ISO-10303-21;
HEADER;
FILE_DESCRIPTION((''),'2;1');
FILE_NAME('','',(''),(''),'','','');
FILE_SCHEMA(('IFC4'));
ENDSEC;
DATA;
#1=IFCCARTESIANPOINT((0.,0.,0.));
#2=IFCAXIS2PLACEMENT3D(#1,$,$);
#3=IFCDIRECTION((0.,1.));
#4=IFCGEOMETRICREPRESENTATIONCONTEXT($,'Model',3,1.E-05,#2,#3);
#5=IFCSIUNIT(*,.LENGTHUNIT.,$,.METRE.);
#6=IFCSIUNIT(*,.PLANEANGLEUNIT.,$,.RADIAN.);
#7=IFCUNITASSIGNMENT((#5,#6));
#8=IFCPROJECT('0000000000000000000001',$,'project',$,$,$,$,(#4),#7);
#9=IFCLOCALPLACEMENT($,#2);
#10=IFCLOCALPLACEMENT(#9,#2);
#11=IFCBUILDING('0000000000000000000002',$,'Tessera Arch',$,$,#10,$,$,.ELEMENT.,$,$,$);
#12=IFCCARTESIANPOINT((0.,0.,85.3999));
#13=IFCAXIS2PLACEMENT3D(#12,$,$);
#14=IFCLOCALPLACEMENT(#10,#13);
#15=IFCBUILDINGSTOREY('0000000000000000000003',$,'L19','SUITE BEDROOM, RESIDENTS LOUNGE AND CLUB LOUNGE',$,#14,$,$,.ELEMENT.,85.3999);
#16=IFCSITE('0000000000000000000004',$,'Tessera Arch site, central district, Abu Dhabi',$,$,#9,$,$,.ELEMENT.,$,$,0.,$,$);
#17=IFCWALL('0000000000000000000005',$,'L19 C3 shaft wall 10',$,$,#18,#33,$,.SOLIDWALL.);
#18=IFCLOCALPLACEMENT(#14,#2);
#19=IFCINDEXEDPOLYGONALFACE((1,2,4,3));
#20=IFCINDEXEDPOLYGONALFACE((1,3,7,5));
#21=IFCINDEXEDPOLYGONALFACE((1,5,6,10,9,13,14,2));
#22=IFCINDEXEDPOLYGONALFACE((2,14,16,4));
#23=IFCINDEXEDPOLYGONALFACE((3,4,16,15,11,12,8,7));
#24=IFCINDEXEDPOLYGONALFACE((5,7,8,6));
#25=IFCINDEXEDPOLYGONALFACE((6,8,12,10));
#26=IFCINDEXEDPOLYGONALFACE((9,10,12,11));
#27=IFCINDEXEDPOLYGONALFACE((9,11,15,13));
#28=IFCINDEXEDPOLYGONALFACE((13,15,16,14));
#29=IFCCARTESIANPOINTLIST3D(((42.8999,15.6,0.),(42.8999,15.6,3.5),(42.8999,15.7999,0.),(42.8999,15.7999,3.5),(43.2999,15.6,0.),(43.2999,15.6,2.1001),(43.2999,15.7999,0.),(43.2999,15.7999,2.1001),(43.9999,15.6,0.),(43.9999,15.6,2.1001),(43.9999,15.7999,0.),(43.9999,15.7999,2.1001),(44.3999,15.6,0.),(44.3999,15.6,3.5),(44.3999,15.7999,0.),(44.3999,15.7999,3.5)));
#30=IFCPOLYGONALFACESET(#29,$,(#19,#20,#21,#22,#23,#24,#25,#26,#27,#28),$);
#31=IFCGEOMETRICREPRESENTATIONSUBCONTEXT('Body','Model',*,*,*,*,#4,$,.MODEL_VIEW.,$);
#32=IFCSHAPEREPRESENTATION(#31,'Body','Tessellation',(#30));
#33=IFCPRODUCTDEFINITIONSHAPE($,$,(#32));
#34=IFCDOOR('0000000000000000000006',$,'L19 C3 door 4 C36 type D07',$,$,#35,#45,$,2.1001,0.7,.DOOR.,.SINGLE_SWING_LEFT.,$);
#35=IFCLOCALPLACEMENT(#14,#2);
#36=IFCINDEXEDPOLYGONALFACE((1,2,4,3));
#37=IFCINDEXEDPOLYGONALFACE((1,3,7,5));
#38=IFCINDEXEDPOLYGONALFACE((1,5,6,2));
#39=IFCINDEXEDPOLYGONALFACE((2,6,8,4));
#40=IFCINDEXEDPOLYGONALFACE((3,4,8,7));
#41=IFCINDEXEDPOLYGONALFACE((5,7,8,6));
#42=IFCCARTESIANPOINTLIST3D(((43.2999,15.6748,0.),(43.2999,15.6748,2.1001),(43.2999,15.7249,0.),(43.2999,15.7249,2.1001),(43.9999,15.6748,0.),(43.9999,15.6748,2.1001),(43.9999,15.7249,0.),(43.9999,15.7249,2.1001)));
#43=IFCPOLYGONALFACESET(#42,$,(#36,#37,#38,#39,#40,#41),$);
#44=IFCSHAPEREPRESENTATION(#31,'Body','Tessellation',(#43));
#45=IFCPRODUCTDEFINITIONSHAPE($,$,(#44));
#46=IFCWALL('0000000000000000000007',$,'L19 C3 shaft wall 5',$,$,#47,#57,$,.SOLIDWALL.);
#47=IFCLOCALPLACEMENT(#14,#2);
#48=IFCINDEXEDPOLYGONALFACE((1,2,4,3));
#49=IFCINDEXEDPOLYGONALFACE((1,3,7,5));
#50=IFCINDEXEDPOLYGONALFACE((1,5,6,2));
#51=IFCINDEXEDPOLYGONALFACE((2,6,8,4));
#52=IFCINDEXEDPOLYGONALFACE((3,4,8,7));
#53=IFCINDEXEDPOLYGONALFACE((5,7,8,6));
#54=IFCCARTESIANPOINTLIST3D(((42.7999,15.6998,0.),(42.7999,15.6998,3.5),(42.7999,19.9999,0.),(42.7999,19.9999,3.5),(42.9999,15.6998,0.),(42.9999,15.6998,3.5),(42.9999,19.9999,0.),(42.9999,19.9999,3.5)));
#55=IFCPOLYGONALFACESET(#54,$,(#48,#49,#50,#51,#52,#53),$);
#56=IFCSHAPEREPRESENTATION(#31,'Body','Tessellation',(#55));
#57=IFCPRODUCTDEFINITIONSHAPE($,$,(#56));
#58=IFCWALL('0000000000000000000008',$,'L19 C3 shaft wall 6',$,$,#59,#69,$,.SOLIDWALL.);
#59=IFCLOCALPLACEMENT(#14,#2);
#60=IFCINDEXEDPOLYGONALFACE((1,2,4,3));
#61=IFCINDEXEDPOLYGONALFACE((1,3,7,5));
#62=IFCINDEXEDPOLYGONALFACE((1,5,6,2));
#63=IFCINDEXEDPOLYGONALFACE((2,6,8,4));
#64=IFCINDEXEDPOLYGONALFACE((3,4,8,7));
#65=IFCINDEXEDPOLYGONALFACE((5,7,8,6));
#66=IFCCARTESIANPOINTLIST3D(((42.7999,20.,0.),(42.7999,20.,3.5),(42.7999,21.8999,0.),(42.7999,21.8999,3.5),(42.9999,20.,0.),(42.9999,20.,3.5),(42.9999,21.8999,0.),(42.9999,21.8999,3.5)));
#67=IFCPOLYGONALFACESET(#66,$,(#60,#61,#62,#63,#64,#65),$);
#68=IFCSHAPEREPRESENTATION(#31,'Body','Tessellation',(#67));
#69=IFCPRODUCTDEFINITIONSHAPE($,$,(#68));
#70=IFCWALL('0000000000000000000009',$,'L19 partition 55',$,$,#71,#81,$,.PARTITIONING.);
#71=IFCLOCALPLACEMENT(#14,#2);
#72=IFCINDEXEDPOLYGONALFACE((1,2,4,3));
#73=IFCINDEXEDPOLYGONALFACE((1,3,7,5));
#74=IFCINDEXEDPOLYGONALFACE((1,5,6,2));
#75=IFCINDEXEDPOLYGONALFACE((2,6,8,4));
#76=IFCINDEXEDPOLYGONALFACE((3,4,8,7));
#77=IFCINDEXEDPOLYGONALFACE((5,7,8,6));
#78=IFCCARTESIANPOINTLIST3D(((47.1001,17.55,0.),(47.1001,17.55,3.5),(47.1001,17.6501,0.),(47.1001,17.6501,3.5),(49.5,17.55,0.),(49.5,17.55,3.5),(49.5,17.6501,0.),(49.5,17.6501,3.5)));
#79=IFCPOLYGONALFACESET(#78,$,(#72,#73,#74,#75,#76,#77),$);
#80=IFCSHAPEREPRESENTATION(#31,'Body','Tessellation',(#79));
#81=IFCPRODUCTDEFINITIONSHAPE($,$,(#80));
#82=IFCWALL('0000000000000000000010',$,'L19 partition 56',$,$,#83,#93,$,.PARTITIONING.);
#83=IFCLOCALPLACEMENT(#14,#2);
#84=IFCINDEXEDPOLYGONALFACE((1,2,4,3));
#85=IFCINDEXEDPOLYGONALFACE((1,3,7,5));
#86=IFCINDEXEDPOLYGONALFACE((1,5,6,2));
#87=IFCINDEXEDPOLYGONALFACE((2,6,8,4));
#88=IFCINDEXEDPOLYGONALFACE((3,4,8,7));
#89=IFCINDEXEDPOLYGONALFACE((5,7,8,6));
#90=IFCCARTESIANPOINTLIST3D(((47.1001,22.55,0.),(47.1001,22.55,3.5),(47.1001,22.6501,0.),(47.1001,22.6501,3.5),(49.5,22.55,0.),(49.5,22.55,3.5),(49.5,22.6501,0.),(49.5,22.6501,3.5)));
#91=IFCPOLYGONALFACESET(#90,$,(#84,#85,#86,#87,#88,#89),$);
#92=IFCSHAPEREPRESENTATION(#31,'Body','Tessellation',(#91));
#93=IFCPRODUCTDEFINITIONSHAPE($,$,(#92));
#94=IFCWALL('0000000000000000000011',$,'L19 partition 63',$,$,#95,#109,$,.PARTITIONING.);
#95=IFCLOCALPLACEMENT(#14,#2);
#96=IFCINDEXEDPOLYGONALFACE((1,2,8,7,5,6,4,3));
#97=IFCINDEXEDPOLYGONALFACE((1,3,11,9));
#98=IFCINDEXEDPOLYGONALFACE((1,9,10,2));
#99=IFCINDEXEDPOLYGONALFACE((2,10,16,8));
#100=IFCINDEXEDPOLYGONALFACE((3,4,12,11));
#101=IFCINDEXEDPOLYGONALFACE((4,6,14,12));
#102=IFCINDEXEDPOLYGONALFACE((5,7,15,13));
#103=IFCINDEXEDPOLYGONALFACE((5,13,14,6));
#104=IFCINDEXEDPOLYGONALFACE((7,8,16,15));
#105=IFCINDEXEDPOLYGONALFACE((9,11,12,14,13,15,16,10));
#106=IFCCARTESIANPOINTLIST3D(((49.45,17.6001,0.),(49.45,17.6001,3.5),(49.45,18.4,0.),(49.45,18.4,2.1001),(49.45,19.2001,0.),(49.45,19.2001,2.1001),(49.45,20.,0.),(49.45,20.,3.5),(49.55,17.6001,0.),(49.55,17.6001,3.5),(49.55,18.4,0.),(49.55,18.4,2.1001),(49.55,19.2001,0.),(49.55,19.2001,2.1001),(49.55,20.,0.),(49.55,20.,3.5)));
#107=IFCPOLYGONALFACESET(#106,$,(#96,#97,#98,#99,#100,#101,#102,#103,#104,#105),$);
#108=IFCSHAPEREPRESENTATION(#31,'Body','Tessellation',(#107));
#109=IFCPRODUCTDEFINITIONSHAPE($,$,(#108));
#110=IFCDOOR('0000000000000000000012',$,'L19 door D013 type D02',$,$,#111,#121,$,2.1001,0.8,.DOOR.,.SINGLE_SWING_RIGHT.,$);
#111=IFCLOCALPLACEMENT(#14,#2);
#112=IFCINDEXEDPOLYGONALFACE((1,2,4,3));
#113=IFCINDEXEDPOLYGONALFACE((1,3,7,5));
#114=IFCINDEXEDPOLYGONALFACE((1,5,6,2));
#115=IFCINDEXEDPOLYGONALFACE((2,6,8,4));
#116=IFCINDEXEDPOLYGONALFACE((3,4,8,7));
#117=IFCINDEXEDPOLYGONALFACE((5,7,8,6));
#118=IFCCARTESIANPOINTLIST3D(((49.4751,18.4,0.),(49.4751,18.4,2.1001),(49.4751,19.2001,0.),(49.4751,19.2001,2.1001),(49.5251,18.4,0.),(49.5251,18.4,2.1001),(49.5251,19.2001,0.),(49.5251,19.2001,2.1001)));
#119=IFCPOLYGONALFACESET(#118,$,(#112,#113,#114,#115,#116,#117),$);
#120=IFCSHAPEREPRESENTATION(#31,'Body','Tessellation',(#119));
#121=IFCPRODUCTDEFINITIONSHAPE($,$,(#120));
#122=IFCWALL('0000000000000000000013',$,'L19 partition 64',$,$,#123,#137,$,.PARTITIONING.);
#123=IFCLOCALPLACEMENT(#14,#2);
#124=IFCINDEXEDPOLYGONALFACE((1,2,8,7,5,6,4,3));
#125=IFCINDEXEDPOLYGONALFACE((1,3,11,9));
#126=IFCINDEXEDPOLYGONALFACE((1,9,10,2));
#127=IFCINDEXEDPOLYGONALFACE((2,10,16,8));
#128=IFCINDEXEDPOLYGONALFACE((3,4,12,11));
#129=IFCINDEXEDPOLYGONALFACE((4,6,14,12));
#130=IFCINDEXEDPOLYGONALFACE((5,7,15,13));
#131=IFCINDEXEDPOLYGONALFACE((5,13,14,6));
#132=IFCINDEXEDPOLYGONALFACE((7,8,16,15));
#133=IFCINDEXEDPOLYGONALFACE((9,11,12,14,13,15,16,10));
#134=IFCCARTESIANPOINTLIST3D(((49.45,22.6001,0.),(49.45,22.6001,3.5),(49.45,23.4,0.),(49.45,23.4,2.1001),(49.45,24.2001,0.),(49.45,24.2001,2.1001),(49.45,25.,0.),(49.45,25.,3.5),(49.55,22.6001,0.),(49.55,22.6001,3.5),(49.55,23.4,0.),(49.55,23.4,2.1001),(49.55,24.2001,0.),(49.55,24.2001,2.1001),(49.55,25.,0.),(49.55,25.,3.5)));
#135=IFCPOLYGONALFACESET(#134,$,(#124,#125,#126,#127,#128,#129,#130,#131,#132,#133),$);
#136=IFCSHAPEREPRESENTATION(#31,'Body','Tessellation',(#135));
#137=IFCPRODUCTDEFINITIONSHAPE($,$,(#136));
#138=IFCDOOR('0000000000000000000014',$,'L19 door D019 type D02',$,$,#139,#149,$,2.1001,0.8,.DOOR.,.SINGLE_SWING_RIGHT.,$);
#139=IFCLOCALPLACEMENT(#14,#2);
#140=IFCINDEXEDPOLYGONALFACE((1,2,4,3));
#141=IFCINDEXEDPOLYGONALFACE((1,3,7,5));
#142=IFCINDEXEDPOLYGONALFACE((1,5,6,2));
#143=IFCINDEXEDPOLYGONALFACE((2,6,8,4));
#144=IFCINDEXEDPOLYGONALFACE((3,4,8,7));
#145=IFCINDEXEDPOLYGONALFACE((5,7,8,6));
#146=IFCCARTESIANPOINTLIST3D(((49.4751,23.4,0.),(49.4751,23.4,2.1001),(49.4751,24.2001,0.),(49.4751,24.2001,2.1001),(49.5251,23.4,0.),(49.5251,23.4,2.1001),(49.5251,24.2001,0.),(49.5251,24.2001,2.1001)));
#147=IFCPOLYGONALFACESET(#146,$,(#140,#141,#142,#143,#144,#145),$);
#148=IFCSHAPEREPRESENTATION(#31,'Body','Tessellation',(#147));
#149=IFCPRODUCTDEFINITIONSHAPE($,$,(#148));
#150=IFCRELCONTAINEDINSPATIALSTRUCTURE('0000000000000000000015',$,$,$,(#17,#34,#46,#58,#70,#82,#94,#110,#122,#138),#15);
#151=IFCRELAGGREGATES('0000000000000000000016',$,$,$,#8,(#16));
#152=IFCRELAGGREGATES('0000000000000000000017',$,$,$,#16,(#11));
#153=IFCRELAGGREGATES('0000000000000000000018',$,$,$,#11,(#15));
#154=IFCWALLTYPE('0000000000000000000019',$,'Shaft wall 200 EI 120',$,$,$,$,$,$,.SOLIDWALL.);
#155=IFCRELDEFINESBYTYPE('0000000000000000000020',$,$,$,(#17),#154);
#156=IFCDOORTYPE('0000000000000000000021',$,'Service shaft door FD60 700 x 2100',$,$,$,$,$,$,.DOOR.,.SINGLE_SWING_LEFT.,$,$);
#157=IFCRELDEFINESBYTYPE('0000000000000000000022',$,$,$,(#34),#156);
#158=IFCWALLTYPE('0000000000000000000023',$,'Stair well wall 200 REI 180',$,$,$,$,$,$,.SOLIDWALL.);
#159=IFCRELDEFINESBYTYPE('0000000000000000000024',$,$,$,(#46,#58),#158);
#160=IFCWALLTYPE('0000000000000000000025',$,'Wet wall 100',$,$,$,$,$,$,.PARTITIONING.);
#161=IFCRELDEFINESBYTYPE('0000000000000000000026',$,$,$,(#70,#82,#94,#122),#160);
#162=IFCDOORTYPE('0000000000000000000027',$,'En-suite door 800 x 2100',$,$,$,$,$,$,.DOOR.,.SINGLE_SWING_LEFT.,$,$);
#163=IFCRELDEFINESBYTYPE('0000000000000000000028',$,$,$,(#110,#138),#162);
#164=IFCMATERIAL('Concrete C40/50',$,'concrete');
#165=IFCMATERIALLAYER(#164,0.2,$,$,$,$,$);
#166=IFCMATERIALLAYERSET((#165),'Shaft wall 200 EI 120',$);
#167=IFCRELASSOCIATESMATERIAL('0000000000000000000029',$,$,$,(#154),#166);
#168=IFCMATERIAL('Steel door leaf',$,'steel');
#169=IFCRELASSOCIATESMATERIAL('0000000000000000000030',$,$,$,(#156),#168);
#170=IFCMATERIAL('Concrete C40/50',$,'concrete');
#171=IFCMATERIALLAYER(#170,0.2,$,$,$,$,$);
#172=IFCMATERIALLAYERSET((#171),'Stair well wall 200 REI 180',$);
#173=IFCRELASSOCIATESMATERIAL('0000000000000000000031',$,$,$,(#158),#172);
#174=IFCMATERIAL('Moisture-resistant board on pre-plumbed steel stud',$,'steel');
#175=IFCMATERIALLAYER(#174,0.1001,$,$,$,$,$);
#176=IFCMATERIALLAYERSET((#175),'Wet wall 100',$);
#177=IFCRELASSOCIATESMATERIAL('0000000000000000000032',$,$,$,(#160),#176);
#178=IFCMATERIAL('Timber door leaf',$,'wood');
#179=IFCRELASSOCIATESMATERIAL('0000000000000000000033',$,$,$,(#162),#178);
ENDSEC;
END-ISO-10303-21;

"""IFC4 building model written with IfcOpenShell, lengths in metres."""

from ifc_helpers import new_model, si_unit, direction, frame, frame_2d, origin, place, context, subcontext, project, spatial, rectangle, extrude, material, layer, layer_set, type_object, element, fill, save


model = new_model("IFC4")

# Units and contexts
model_context = context("Model", 3, precision=1e-05, world=origin(), true_north=direction((0.0, 1.0)))
body_context = subcontext(model_context, "Body", "Model", "MODEL_VIEW")
ifc_project = project(units=[si_unit("LENGTHUNIT", "METRE"), si_unit("PLANEANGLEUNIT", "RADIAN")], contexts=[model_context])

# Site, building, storey
site_placement = place(None, origin())
site = spatial("IfcSite", under=ifc_project, at=site_placement, Name="Tessera Arch site, central district, Abu Dhabi", CompositionType="ELEMENT", RefElevation=0.0)
building_placement = place(site_placement, origin())
building = spatial("IfcBuilding", under=site, at=building_placement, Name="Tessera Arch", CompositionType="ELEMENT")
storey_placement = place(building_placement, frame((0.0, 0.0, 85.3999)))
storey = spatial("IfcBuildingStorey", under=building, at=storey_placement, Name="L19", Description="SUITE BEDROOM, RESIDENTS LOUNGE AND CLUB LOUNGE", CompositionType="ELEMENT", Elevation=85.3999)

# Wall, opening, door
ifc_material_1 = material(Name="Concrete C40/50", Category="concrete")
ifc_layer_1 = layer(ifc_material_1, 0.2)
ifc_layer_set_1 = layer_set([ifc_layer_1], Name="Shaft wall 200 EI 120")
wall_type_1 = type_object("IfcWallType", Name="Shaft wall 200 EI 120", PredefinedType="SOLIDWALL", material=ifc_layer_set_1)
wall_1_placement = place(storey_placement, frame((42.8999, 15.7, 0.0), z_axis=(0.0, 0.0, 1.0), x_axis=(1.0, 0.0, 0.0)))
wall_1 = element("IfcWall", 1, at=wall_1_placement, inside=storey, type_object=wall_type_1, Name="L19 C3 shaft wall 10", PredefinedType="SOLIDWALL", context=body_context, shape_type="SweptSolid", body=[
    extrude(rectangle(XDim=1.5, YDim=0.2, at=frame_2d((0.75, 0.0))), origin(), (0.0, 0.0, 1.0), 3.5),
])
opening_1_placement = place(wall_1_placement, frame((0.3999, 0.0, 0.0)))
opening_1 = element("IfcOpeningElement", 2, at=opening_1_placement, cuts=wall_1, PredefinedType="OPENING", context=body_context, shape_type="SweptSolid", body=[
    extrude(rectangle(XDim=0.7, YDim=2.1001, at=frame_2d((0.3501, 1.05))), frame((0.0, 0.1099, 0.0), z_axis=(0.0, -1.0, 0.0), x_axis=(1.0, 0.0, 0.0)), (0.0, 0.0, 1.0), 0.22),
])
ifc_material_2 = material(Name="Steel door leaf", Category="steel")
door_type_1 = type_object("IfcDoorType", Name="Service shaft door FD60 700 x 2100", OperationType="SINGLE_SWING_LEFT", PredefinedType="DOOR", material=ifc_material_2)
door_1_placement = place(opening_1_placement, origin())
door_1 = element("IfcDoor", 3, at=door_1_placement, inside=storey, type_object=door_type_1, Name="L19 C3 door 4 C36 type D07", OperationType="SINGLE_SWING_LEFT", OverallHeight=2.1001, OverallWidth=0.7, PredefinedType="DOOR", context=body_context, shape_type="SweptSolid", body=[
    extrude(rectangle(XDim=0.7, YDim=2.1001, at=frame_2d((0.3501, 1.05))), frame((0.0, 0.0249, 0.0), z_axis=(0.0, -1.0, 0.0), x_axis=(1.0, 0.0, 0.0)), (0.0, 0.0, 1.0), 0.05),
])
fill(opening_1, door_1)

# Walls
ifc_material_3 = material(Name="Concrete C40/50", Category="concrete")
ifc_layer_2 = layer(ifc_material_3, 0.2)
ifc_layer_set_2 = layer_set([ifc_layer_2], Name="Stair well wall 200 REI 180")
wall_type_2 = type_object("IfcWallType", Name="Stair well wall 200 REI 180", PredefinedType="SOLIDWALL", material=ifc_layer_set_2)
wall_2_placement = place(storey_placement, frame((42.8999, 15.7, 0.0), z_axis=(0.0, 0.0, 1.0), x_axis=(0.0, 1.0, 0.0)))
element("IfcWall", 4, at=wall_2_placement, inside=storey, type_object=wall_type_2, Name="L19 C3 shaft wall 5", PredefinedType="SOLIDWALL", context=body_context, shape_type="SweptSolid", body=[
    extrude(rectangle(XDim=4.3, YDim=0.2, at=frame_2d((2.1499, 0.0))), origin(), (0.0, 0.0, 1.0), 3.5),
])
wall_3_placement = place(storey_placement, frame((42.8999, 20.0, 0.0), z_axis=(0.0, 0.0, 1.0), x_axis=(0.0, 1.0, 0.0)))
element("IfcWall", 5, at=wall_3_placement, inside=storey, type_object=wall_type_2, Name="L19 C3 shaft wall 6", PredefinedType="SOLIDWALL", context=body_context, shape_type="SweptSolid", body=[
    extrude(rectangle(XDim=1.8999, YDim=0.2, at=frame_2d((0.95, 0.0))), origin(), (0.0, 0.0, 1.0), 3.5),
])
ifc_material_4 = material(Name="Moisture-resistant board on pre-plumbed steel stud", Category="steel")
ifc_layer_3 = layer(ifc_material_4, 0.1001)
ifc_layer_set_3 = layer_set([ifc_layer_3], Name="Wet wall 100")
wall_type_3 = type_object("IfcWallType", Name="Wet wall 100", PredefinedType="PARTITIONING", material=ifc_layer_set_3)
for number, where, z_axis, x_axis, name in (
    (6, (47.1001, 17.6001, 0.0), (0.0, 0.0, 1.0), (1.0, 0.0, 0.0), "L19 partition 55"),
    (7, (47.1001, 22.6001, 0.0), (0.0, 0.0, 1.0), (1.0, 0.0, 0.0), "L19 partition 56"),
):
    element("IfcWall", number, at=place(storey_placement, frame(where, z_axis=z_axis, x_axis=x_axis)), inside=storey, type_object=wall_type_3, Name=name, PredefinedType="PARTITIONING", context=body_context, shape_type="SweptSolid", body=[
        extrude(rectangle(XDim=2.3999, YDim=0.1001, at=frame_2d((1.2, 0.0))), origin(), (0.0, 0.0, 1.0), 3.5),
    ])

# Walls, openings, doors
wall_4_placement = place(storey_placement, frame((49.5, 17.6001, 0.0), z_axis=(0.0, 0.0, 1.0), x_axis=(0.0, 1.0, 0.0)))
wall_4 = element("IfcWall", 8, at=wall_4_placement, inside=storey, type_object=wall_type_3, Name="L19 partition 63", PredefinedType="PARTITIONING", context=body_context, shape_type="SweptSolid", body=[
    extrude(rectangle(XDim=2.3999, YDim=0.1001, at=frame_2d((1.2, 0.0))), origin(), (0.0, 0.0, 1.0), 3.5),
])
opening_2_placement = place(wall_4_placement, frame((0.8, 0.0, 0.0)))
opening_2 = element("IfcOpeningElement", 9, at=opening_2_placement, cuts=wall_4, PredefinedType="OPENING", context=body_context, shape_type="SweptSolid", body=[
    extrude(rectangle(XDim=0.8, YDim=2.1001, at=frame_2d((0.3999, 1.05))), frame((0.0, 0.0601, 0.0), z_axis=(0.0, -1.0, 0.0), x_axis=(1.0, 0.0, 0.0)), (0.0, 0.0, 1.0), 0.1201),
])
ifc_material_5 = material(Name="Timber door leaf", Category="wood")
door_type_2 = type_object("IfcDoorType", Name="En-suite door 800 x 2100", OperationType="SINGLE_SWING_LEFT", PredefinedType="DOOR", material=ifc_material_5)
door_2_placement = place(opening_2_placement, origin())
door_2 = element("IfcDoor", 10, at=door_2_placement, inside=storey, type_object=door_type_2, Name="L19 door D013 type D02", OperationType="SINGLE_SWING_RIGHT", OverallHeight=2.1001, OverallWidth=0.8, PredefinedType="DOOR", context=body_context, shape_type="SweptSolid", body=[
    extrude(rectangle(XDim=0.8, YDim=2.1001, at=frame_2d((0.3999, 1.05))), frame((0.0, 0.0249, 0.0), z_axis=(0.0, -1.0, 0.0), x_axis=(1.0, 0.0, 0.0)), (0.0, 0.0, 1.0), 0.05),
])
fill(opening_2, door_2)
wall_5_placement = place(storey_placement, frame((49.5, 22.6001, 0.0), z_axis=(0.0, 0.0, 1.0), x_axis=(0.0, 1.0, 0.0)))
wall_5 = element("IfcWall", 11, at=wall_5_placement, inside=storey, type_object=wall_type_3, Name="L19 partition 64", PredefinedType="PARTITIONING", context=body_context, shape_type="SweptSolid", body=[
    extrude(rectangle(XDim=2.3999, YDim=0.1001, at=frame_2d((1.2, 0.0))), origin(), (0.0, 0.0, 1.0), 3.5),
])
opening_3_placement = place(wall_5_placement, frame((0.8, 0.0, 0.0)))
opening_3 = element("IfcOpeningElement", 12, at=opening_3_placement, cuts=wall_5, PredefinedType="OPENING", context=body_context, shape_type="SweptSolid", body=[
    extrude(rectangle(XDim=0.8, YDim=2.1001, at=frame_2d((0.3999, 1.05))), frame((0.0, 0.0601, 0.0), z_axis=(0.0, -1.0, 0.0), x_axis=(1.0, 0.0, 0.0)), (0.0, 0.0, 1.0), 0.1201),
])
door_3_placement = place(opening_3_placement, origin())
door_3 = element("IfcDoor", 13, at=door_3_placement, inside=storey, type_object=door_type_2, Name="L19 door D019 type D02", OperationType="SINGLE_SWING_RIGHT", OverallHeight=2.1001, OverallWidth=0.8, PredefinedType="DOOR", context=body_context, shape_type="SweptSolid", body=[
    extrude(rectangle(XDim=0.8, YDim=2.1001, at=frame_2d((0.3999, 1.05))), frame((0.0, 0.0249, 0.0), z_axis=(0.0, -1.0, 0.0), x_axis=(1.0, 0.0, 0.0)), (0.0, 0.0, 1.0), 0.05),
])
fill(opening_3, door_3)

save(model, "model.ifc")
